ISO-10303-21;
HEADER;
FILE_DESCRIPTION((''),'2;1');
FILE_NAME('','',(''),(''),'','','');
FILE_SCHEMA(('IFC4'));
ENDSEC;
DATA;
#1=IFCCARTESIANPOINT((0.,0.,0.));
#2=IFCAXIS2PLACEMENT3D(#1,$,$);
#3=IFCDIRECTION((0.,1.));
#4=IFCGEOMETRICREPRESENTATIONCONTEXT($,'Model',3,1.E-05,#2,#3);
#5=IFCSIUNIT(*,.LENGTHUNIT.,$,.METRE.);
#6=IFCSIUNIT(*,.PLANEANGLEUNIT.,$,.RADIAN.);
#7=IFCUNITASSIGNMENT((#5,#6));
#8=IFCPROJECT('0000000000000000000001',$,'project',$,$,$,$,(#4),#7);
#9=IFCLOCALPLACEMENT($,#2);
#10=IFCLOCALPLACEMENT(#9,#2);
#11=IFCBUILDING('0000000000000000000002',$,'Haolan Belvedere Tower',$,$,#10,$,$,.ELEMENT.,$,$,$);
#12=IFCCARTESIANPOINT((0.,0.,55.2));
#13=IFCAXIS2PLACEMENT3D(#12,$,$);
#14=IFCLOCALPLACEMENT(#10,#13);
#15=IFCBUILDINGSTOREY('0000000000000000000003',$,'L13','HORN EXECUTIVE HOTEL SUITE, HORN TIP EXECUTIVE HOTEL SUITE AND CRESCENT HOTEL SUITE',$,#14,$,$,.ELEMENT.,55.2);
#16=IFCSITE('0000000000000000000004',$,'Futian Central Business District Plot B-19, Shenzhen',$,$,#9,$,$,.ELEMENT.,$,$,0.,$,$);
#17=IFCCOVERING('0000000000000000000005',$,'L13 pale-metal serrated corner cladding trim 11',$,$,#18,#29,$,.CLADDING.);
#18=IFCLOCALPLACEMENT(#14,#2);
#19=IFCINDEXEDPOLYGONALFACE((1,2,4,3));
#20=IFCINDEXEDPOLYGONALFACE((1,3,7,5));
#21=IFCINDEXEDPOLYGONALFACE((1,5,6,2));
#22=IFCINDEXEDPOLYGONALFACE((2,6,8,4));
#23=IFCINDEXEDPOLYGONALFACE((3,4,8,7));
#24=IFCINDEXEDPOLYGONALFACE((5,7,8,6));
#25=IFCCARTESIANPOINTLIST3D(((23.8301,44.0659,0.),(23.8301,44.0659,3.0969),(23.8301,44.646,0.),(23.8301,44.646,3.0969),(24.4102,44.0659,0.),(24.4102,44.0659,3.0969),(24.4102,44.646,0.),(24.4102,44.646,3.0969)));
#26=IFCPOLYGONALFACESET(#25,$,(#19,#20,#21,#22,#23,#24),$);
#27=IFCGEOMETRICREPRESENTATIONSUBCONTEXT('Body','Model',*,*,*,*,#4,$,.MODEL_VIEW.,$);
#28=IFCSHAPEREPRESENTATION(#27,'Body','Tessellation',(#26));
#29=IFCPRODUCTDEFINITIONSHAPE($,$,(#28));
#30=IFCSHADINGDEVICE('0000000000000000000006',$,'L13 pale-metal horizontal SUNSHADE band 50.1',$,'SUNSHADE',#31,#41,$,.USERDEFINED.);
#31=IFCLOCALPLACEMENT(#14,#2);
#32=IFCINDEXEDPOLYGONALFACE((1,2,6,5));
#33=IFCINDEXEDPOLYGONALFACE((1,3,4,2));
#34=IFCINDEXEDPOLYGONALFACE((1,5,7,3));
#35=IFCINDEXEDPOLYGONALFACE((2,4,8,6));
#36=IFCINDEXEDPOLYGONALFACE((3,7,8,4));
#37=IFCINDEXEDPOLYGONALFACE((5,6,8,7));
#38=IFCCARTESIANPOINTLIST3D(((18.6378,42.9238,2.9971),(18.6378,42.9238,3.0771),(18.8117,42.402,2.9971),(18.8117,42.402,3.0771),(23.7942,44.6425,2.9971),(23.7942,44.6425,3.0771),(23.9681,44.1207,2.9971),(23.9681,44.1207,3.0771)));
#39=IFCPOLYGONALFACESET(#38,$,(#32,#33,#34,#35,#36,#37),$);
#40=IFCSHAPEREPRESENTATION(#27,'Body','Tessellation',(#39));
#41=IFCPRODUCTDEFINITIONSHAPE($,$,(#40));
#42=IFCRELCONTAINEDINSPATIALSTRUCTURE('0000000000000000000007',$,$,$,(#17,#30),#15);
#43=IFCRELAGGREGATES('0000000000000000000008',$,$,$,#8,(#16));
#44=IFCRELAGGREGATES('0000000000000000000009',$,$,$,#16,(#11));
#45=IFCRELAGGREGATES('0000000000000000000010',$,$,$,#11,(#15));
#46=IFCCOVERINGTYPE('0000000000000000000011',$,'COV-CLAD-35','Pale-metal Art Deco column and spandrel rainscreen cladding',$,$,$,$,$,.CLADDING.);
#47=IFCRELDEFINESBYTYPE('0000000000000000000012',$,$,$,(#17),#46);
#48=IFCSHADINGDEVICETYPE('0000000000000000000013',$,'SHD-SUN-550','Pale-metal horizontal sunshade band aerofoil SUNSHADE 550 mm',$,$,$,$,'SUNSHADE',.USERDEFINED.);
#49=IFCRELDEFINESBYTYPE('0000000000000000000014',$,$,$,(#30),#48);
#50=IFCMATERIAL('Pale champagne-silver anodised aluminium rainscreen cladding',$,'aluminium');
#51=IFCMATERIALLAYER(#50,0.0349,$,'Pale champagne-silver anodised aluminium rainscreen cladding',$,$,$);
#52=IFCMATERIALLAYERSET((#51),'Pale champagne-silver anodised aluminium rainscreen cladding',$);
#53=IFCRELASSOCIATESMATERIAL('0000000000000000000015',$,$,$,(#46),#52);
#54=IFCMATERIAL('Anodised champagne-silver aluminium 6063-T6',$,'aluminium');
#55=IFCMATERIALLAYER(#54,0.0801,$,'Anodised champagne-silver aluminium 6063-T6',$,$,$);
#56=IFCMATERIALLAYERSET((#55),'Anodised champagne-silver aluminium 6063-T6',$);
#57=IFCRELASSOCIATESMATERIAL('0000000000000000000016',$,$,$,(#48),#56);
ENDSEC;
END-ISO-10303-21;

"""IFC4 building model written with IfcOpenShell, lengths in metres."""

from ifc_helpers import new_model, si_unit, direction, frame, origin, origin_2d, place, context, subcontext, project, spatial, rectangle, extrude, material, layer, layer_set, type_object, element, save


model = new_model("IFC4")

# Units and contexts
model_context = context("Model", 3, precision=1e-05, world=origin(), true_north=direction((0.0, 1.0)))
body_context = subcontext(model_context, "Body", "Model", "MODEL_VIEW")
ifc_project = project(units=[si_unit("LENGTHUNIT", "METRE"), si_unit("PLANEANGLEUNIT", "RADIAN")], contexts=[model_context])

# Site, building, storey
site_placement = place(None, origin())
site = spatial("IfcSite", under=ifc_project, at=site_placement, Name="Futian Central Business District Plot B-19, Shenzhen", CompositionType="ELEMENT", RefElevation=0.0)
building_placement = place(site_placement, origin())
building = spatial("IfcBuilding", under=site, at=building_placement, Name="Haolan Belvedere Tower", CompositionType="ELEMENT")
storey_placement = place(building_placement, frame((0.0, 0.0, 55.2)))
storey = spatial("IfcBuildingStorey", under=building, at=storey_placement, Name="L13", Description="HORN EXECUTIVE HOTEL SUITE, HORN TIP EXECUTIVE HOTEL SUITE AND CRESCENT HOTEL SUITE", CompositionType="ELEMENT", Elevation=55.2)

# Covering
ifc_material_1 = material(Name="Pale champagne-silver anodised aluminium rainscreen cladding", Category="aluminium")
ifc_layer_1 = layer(ifc_material_1, 0.0349, Name="Pale champagne-silver anodised aluminium rainscreen cladding")
ifc_layer_set_1 = layer_set([ifc_layer_1], Name="Pale champagne-silver anodised aluminium rainscreen cladding")
covering_type = type_object("IfcCoveringType", Name="COV-CLAD-35", Description="Pale-metal Art Deco column and spandrel rainscreen cladding", PredefinedType="CLADDING", material=ifc_layer_set_1)
covering_placement = place(storey_placement, frame((24.1201, 44.356, 0.0), z_axis=(0.0, 0.0, 1.0), x_axis=(1.0, 0.0, 0.0)))
element("IfcCovering", 1, at=covering_placement, inside=storey, type_object=covering_type, Name="L13 pale-metal serrated corner cladding trim 11", PredefinedType="CLADDING", context=body_context, shape_type="SweptSolid", body=[
    extrude(rectangle(XDim=0.5801, YDim=0.5801, at=origin_2d()), origin(), (0.0, 0.0, 1.0), 3.0969),
])

# Shading device
ifc_material_2 = material(Name="Anodised champagne-silver aluminium 6063-T6", Category="aluminium")
ifc_layer_2 = layer(ifc_material_2, 0.0801, Name="Anodised champagne-silver aluminium 6063-T6")
ifc_layer_set_2 = layer_set([ifc_layer_2], Name="Anodised champagne-silver aluminium 6063-T6")
shading_device_type = type_object("IfcShadingDeviceType", Name="SHD-SUN-550", Description="Pale-metal horizontal sunshade band aerofoil SUNSHADE 550 mm", ElementType="SUNSHADE", PredefinedType="USERDEFINED", material=ifc_layer_set_2)
shading_device_placement = place(storey_placement, frame((21.303, 43.5222, 2.9971), z_axis=(0.0, 0.0, 1.0), x_axis=(-0.948689, -0.316212, 0.0)))
element("IfcShadingDevice", 2, at=shading_device_placement, inside=storey, type_object=shading_device_type, Name="L13 pale-metal horizontal SUNSHADE band 50.1", ObjectType="SUNSHADE", PredefinedType="USERDEFINED", context=body_context, shape_type="SweptSolid", body=[
    extrude(rectangle(XDim=5.4353, YDim=0.55, at=origin_2d()), origin(), (0.0, 0.0, 1.0), 0.0801),
])

save(model, "model.ifc")
